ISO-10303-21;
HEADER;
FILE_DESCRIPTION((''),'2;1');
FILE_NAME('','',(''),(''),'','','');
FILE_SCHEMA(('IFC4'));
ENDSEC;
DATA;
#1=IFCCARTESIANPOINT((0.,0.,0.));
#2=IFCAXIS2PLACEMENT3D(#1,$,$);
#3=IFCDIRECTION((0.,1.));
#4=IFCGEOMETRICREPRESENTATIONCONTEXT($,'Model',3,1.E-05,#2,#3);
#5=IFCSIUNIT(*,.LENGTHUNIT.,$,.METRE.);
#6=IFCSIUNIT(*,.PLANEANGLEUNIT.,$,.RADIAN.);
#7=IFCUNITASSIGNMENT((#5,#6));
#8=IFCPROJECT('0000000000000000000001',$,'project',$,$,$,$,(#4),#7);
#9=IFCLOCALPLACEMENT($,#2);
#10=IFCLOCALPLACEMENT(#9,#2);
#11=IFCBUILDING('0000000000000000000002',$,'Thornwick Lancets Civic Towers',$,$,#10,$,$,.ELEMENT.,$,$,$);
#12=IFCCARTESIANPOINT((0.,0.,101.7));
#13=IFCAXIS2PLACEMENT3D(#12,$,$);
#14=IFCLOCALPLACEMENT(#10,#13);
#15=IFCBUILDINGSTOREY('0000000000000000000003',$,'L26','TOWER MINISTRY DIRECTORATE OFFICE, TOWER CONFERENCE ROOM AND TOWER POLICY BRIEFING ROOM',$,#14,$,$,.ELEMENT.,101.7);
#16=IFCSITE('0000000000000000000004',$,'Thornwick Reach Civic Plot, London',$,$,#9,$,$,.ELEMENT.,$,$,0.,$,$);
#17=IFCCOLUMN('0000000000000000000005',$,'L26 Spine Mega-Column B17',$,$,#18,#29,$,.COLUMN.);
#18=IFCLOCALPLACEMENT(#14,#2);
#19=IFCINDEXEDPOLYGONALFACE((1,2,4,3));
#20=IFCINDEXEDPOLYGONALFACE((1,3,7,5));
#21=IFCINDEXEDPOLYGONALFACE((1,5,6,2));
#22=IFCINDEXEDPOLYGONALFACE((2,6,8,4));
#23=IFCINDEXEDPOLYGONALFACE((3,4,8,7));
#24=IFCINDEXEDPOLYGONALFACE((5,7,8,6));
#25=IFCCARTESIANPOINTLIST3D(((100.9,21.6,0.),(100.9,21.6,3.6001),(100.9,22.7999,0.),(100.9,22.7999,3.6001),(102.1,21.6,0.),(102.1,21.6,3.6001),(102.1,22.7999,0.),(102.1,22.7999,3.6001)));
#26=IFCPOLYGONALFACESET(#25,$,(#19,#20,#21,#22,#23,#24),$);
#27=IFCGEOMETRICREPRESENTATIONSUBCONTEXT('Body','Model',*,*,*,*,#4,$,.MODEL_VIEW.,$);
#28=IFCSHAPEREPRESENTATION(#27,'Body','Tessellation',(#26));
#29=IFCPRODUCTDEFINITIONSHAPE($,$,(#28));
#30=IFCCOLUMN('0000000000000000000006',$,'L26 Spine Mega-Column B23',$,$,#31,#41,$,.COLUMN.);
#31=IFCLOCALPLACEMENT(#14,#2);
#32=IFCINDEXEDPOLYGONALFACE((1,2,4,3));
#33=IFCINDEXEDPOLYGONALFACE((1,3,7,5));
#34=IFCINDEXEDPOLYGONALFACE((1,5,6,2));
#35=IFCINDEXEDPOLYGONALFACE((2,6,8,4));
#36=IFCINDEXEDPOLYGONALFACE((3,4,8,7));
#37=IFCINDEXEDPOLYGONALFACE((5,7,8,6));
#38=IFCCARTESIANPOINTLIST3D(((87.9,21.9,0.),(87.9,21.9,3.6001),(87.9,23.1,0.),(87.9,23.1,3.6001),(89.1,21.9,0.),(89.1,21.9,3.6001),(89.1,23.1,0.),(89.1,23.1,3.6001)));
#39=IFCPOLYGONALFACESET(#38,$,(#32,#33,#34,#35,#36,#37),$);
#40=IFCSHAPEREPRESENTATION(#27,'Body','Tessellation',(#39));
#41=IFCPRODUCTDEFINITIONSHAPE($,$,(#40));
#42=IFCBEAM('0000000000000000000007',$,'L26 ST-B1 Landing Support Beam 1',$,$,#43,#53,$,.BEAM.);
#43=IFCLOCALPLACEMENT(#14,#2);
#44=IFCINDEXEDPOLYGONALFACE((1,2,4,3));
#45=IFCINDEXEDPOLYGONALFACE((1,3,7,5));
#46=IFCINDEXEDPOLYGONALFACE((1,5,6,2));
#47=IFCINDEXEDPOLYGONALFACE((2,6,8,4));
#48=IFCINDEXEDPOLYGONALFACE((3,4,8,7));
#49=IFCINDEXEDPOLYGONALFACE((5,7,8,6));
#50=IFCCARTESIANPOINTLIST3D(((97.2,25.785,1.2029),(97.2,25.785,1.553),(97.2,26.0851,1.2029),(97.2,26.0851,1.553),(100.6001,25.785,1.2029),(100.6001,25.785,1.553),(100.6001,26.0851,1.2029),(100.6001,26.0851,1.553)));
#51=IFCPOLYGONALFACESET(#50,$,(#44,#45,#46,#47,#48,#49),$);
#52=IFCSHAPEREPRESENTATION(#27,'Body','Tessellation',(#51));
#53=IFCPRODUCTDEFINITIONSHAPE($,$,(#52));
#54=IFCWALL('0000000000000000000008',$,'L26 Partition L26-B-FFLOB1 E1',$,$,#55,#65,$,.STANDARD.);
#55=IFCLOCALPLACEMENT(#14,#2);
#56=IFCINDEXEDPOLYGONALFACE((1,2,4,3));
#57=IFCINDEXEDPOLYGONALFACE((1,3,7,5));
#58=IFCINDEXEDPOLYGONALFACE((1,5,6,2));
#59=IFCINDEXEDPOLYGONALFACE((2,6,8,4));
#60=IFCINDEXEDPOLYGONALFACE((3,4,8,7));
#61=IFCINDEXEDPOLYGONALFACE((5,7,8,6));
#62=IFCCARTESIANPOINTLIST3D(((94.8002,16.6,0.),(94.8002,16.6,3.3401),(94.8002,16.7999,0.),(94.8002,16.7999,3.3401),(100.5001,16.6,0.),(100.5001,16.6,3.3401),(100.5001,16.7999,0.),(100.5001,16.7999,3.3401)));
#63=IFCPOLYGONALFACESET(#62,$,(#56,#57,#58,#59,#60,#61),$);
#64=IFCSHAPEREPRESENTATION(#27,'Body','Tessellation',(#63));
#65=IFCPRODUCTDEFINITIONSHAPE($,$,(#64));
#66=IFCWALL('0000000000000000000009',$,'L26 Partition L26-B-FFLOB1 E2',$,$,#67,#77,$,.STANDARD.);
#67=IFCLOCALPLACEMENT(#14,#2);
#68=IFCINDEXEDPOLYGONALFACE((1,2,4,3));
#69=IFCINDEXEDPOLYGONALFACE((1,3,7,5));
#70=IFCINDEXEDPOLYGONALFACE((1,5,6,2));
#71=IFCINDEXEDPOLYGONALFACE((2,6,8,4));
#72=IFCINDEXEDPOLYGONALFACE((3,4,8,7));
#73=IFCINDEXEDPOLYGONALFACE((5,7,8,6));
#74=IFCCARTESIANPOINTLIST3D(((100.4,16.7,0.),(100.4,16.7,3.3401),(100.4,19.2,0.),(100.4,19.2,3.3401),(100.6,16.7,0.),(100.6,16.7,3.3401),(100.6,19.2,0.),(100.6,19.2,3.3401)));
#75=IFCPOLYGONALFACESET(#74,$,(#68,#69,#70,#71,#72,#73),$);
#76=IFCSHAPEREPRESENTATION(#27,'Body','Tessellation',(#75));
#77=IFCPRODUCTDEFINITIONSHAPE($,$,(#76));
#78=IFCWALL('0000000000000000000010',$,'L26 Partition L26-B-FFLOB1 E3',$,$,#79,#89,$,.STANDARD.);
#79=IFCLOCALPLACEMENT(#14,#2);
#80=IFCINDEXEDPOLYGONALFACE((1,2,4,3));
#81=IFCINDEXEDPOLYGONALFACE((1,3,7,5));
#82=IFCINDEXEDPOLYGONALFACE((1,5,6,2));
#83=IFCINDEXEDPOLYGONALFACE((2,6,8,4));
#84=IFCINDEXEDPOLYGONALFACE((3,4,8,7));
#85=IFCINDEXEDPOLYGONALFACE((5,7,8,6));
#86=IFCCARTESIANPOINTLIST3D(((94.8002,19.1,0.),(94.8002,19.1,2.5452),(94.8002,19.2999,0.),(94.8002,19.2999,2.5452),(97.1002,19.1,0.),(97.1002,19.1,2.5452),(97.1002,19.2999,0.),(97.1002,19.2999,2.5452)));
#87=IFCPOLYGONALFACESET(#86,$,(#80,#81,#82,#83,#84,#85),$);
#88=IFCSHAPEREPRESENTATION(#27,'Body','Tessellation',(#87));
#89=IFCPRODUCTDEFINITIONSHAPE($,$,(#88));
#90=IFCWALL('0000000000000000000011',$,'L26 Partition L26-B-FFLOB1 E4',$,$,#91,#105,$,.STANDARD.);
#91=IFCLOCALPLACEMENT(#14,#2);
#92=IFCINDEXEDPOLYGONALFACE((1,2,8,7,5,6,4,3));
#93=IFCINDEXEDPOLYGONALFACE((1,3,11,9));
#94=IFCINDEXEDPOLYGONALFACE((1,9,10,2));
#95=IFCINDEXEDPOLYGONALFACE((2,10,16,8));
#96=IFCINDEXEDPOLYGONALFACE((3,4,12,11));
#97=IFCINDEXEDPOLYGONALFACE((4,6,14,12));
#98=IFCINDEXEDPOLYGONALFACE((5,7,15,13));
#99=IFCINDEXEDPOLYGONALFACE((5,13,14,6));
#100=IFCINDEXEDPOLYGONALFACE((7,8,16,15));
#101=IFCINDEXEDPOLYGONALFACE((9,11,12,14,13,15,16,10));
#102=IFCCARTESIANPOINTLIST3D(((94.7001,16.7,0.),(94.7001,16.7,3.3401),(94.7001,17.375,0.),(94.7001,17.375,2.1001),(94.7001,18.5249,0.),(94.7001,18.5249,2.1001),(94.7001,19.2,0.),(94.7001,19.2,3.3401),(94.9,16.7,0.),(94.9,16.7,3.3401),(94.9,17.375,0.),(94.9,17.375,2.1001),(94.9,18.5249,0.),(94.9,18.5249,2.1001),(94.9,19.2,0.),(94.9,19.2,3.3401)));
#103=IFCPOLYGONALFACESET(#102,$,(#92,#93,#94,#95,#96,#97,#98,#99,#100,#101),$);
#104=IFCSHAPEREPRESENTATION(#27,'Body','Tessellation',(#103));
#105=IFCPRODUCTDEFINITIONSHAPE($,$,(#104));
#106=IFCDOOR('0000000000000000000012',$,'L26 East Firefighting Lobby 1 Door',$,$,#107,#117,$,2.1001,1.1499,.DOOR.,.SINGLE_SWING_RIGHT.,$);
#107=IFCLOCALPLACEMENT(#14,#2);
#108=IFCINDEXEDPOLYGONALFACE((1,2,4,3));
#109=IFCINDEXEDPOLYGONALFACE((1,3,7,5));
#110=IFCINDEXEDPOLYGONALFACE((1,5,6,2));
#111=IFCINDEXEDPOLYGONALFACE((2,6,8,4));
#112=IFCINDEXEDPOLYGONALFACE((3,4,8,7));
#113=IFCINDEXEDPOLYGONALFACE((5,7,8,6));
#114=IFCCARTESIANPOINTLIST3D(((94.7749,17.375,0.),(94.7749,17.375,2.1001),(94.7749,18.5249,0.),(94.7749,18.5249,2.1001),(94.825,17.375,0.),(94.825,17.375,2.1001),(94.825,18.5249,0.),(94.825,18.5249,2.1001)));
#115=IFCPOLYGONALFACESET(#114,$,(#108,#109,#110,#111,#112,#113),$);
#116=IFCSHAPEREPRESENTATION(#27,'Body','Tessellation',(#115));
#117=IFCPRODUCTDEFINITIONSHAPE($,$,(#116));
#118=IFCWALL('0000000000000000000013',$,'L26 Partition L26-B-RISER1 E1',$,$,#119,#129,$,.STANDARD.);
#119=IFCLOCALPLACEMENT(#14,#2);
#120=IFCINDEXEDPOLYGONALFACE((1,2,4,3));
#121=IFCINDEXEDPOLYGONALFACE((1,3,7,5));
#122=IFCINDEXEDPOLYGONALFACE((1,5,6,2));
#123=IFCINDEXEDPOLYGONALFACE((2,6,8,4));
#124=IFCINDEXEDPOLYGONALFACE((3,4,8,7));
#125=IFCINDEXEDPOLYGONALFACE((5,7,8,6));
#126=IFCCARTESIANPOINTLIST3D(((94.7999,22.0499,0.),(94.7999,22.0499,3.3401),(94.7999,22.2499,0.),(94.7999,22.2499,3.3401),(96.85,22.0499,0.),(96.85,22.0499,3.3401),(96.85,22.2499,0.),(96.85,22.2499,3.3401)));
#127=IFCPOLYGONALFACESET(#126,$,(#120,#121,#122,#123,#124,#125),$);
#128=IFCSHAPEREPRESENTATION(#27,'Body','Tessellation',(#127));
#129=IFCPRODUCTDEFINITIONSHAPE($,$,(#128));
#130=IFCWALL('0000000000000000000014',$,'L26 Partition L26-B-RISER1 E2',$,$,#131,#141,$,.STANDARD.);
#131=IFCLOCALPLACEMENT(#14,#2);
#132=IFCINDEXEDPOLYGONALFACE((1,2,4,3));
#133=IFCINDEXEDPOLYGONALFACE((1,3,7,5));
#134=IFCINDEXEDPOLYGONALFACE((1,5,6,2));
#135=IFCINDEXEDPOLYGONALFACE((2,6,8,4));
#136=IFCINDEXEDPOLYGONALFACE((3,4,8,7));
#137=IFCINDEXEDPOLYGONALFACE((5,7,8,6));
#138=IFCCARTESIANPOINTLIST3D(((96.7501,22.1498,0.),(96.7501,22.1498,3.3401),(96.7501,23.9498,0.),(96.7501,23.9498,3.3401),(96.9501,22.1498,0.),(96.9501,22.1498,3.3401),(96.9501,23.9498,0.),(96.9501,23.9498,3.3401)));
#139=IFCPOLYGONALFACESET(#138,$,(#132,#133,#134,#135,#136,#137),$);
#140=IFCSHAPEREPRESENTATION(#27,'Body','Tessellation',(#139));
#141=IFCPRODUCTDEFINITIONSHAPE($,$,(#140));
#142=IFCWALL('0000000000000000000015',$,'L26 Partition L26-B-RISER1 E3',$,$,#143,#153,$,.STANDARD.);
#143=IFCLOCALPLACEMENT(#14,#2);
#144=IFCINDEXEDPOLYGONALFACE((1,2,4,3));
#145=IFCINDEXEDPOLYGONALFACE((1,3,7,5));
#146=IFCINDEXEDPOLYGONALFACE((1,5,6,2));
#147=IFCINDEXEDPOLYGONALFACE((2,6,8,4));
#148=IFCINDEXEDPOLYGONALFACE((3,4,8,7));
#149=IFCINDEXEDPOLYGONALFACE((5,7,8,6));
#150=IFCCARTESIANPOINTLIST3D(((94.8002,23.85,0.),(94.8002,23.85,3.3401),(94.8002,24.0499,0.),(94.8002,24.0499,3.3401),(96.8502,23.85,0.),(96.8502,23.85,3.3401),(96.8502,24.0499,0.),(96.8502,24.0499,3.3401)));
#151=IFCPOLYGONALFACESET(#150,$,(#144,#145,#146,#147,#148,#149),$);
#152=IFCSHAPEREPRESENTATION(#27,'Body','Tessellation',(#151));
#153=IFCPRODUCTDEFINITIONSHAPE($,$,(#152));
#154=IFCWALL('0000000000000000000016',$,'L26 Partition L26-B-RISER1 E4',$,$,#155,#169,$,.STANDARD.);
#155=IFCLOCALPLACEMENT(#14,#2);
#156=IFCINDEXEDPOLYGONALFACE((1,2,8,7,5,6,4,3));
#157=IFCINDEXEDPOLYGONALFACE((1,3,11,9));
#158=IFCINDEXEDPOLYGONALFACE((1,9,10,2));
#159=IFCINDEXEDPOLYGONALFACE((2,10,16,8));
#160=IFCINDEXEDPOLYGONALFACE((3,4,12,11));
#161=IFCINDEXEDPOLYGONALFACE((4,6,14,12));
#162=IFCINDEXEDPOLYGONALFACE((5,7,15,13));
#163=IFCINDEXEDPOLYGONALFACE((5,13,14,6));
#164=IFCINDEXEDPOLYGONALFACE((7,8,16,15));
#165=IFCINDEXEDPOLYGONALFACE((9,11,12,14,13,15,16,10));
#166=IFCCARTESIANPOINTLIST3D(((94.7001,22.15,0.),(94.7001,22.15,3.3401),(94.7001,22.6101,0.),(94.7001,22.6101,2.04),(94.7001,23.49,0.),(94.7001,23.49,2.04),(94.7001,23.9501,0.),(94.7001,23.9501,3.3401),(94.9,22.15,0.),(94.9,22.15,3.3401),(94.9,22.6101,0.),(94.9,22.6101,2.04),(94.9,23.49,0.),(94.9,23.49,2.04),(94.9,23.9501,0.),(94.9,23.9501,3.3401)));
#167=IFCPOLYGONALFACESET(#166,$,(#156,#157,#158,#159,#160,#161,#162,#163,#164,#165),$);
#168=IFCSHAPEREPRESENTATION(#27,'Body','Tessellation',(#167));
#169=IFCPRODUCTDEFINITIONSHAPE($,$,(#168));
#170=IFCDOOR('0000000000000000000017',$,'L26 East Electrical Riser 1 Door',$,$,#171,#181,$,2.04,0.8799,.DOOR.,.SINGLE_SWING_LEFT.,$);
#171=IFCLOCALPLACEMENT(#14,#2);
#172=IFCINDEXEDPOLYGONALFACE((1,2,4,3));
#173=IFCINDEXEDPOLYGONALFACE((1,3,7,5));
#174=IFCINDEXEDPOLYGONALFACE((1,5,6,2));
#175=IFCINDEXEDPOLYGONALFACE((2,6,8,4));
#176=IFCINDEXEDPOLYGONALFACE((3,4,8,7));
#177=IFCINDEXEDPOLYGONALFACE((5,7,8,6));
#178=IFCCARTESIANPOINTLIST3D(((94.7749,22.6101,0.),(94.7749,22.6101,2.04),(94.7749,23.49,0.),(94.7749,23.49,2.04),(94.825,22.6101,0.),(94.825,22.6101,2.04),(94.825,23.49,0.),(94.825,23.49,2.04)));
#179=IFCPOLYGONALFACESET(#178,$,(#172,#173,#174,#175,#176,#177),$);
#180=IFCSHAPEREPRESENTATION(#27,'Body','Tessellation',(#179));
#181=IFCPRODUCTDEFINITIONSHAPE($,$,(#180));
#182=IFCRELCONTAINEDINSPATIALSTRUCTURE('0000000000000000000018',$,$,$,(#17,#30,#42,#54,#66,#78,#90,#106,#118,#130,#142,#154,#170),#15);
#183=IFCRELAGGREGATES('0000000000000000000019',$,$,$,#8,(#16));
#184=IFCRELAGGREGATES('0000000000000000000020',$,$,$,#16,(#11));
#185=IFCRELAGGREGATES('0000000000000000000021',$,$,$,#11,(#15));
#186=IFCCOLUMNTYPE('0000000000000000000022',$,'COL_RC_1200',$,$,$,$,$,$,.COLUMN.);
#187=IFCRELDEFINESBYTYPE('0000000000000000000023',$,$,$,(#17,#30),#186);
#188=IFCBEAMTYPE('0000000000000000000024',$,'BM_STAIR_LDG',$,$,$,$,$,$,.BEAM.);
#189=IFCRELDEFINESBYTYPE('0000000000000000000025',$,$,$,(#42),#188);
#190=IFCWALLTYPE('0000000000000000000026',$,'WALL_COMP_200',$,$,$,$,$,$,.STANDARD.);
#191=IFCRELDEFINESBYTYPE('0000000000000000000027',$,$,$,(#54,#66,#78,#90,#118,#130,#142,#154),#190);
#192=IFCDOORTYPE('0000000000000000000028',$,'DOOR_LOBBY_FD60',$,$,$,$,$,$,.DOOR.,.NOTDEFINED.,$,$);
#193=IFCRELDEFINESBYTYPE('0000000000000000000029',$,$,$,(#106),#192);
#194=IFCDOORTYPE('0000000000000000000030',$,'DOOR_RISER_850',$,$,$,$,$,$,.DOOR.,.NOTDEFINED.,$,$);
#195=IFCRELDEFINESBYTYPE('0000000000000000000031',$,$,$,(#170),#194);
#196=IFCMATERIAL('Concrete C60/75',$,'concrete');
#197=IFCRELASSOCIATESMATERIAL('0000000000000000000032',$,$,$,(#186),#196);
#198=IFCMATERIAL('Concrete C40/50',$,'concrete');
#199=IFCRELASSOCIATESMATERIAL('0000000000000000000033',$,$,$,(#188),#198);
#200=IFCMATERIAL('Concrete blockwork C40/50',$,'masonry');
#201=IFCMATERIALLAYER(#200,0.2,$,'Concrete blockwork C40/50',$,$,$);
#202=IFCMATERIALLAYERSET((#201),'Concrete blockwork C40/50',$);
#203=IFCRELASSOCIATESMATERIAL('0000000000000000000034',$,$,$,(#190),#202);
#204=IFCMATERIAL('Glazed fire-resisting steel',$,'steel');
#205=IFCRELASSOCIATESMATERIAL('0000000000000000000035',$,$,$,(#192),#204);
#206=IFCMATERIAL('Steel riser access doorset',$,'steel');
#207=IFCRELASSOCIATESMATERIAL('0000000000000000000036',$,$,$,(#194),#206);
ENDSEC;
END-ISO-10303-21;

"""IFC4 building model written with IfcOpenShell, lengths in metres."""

from ifc_helpers import new_model, si_unit, direction, frame, frame_2d, origin, origin_2d, place, context, subcontext, project, spatial, rectangle, extrude, material, layer, layer_set, material_profile, profile_set, type_object, element, fill, save


model = new_model("IFC4")

# Units and contexts
model_context = context("Model", 3, precision=1e-05, world=origin(), true_north=direction((0.0, 1.0)))
body_context = subcontext(model_context, "Body", "Model", "MODEL_VIEW")
ifc_project = project(units=[si_unit("LENGTHUNIT", "METRE"), si_unit("PLANEANGLEUNIT", "RADIAN")], contexts=[model_context])

# Site, building, storey
site_placement = place(None, origin())
site = spatial("IfcSite", under=ifc_project, at=site_placement, Name="Thornwick Reach Civic Plot, London", CompositionType="ELEMENT", RefElevation=0.0)
building_placement = place(site_placement, origin())
building = spatial("IfcBuilding", under=site, at=building_placement, Name="Thornwick Lancets Civic Towers", CompositionType="ELEMENT")
storey_placement = place(building_placement, frame((0.0, 0.0, 101.7)))
storey = spatial("IfcBuildingStorey", under=building, at=storey_placement, Name="L26", Description="TOWER MINISTRY DIRECTORATE OFFICE, TOWER CONFERENCE ROOM AND TOWER POLICY BRIEFING ROOM", CompositionType="ELEMENT", Elevation=101.7)

# Columns
ifc_material_1 = material(Name="Concrete C60/75", Category="concrete")
ifc_material_profile_1 = material_profile(ifc_material_1, rectangle(XDim=1.2, YDim=1.2, at=origin_2d()), Name="RC 1200x1200")
ifc_profile_set_1 = profile_set([ifc_material_profile_1], Name="Concrete C60/75")
column_type = type_object("IfcColumnType", Name="COL_RC_1200", PredefinedType="COLUMN", material=ifc_profile_set_1)
for number, where, z_axis, x_axis, name in (
    (1, (101.5, 22.2, 0.0), (0.0, 0.0, 1.0), (1.0, 0.0, 0.0), "L26 Spine Mega-Column B17"),
    (2, (88.5, 22.5, 0.0), (0.0, 0.0, 1.0), (1.0, 0.0, 0.0), "L26 Spine Mega-Column B23"),
):
    element("IfcColumn", number, at=place(storey_placement, frame(where, z_axis=z_axis, x_axis=x_axis)), inside=storey, type_object=column_type, Name=name, PredefinedType="COLUMN", context=body_context, shape_type="SweptSolid", body=[
        extrude(rectangle(XDim=1.2, YDim=1.2, at=origin_2d()), origin(), (0.0, 0.0, 1.0), 3.6001),
    ])

# Beam
ifc_material_2 = material(Name="Concrete C40/50", Category="concrete")
ifc_material_profile_2 = material_profile(ifc_material_2, rectangle(XDim=0.3, YDim=0.3501, at=origin_2d()), Name="RC 300x350")
ifc_profile_set_2 = profile_set([ifc_material_profile_2], Name="Concrete C40/50")
beam_type = type_object("IfcBeamType", Name="BM_STAIR_LDG", PredefinedType="BEAM", material=ifc_profile_set_2)
beam_placement = place(storey_placement, frame((100.6001, 25.9351, 1.3779), z_axis=(-1.0, 0.0, 0.0), x_axis=(0.0, -1.0, 0.0)))
element("IfcBeam", 3, at=beam_placement, inside=storey, type_object=beam_type, Name="L26 ST-B1 Landing Support Beam 1", PredefinedType="BEAM", context=body_context, shape_type="SweptSolid", body=[
    extrude(rectangle(XDim=0.3, YDim=0.3501, at=origin_2d()), origin(), (0.0, 0.0, 1.0), 3.4001),
])

# Walls
ifc_material_3 = material(Name="Concrete blockwork C40/50", Category="masonry")
ifc_layer_1 = layer(ifc_material_3, 0.2, Name="Concrete blockwork C40/50")
ifc_layer_set_1 = layer_set([ifc_layer_1], Name="Concrete blockwork C40/50")
wall_type_1 = type_object("IfcWallType", Name="WALL_COMP_200", PredefinedType="STANDARD", material=ifc_layer_set_1)
wall_1_placement = place(storey_placement, frame((94.8, 16.7, 0.0), z_axis=(0.0, 0.0, 1.0), x_axis=(1.0, 0.0, 0.0)))
element("IfcWall", 4, at=wall_1_placement, inside=storey, type_object=wall_type_1, Name="L26 Partition L26-B-FFLOB1 E1", PredefinedType="STANDARD", context=body_context, shape_type="SweptSolid", body=[
    extrude(rectangle(XDim=5.7, YDim=0.2, at=frame_2d((2.8501, 0.0))), origin(), (0.0, 0.0, 1.0), 3.3401),
])
wall_2_placement = place(storey_placement, frame((100.5, 16.7, 0.0), z_axis=(0.0, 0.0, 1.0), x_axis=(0.0, 1.0, 0.0)))
element("IfcWall", 5, at=wall_2_placement, inside=storey, type_object=wall_type_1, Name="L26 Partition L26-B-FFLOB1 E2", PredefinedType="STANDARD", context=body_context, shape_type="SweptSolid", body=[
    extrude(rectangle(XDim=2.5, YDim=0.2, at=frame_2d((1.25, 0.0))), origin(), (0.0, 0.0, 1.0), 3.3401),
])
wall_3_placement = place(storey_placement, frame((97.1001, 19.2, 0.0), z_axis=(0.0, 0.0, 1.0), x_axis=(-1.0, 0.0, 0.0)))
element("IfcWall", 6, at=wall_3_placement, inside=storey, type_object=wall_type_1, Name="L26 Partition L26-B-FFLOB1 E3", PredefinedType="STANDARD", context=body_context, shape_type="SweptSolid", body=[
    extrude(rectangle(XDim=2.3, YDim=0.2, at=frame_2d((1.1499, 0.0))), origin(), (0.0, 0.0, 1.0), 2.5452),
])

# Wall, opening, door
wall_4_placement = place(storey_placement, frame((94.8, 19.2, 0.0), z_axis=(0.0, 0.0, 1.0), x_axis=(0.0, -1.0, 0.0)))
wall_4 = element("IfcWall", 7, at=wall_4_placement, inside=storey, type_object=wall_type_1, Name="L26 Partition L26-B-FFLOB1 E4", PredefinedType="STANDARD", context=body_context, shape_type="SweptSolid", body=[
    extrude(rectangle(XDim=2.5, YDim=0.2, at=frame_2d((1.25, 0.0))), origin(), (0.0, 0.0, 1.0), 3.3401),
])
opening_1_placement = place(wall_4_placement, frame((0.675, 0.0, 0.0)))
opening_1 = element("IfcOpeningElement", 8, at=opening_1_placement, cuts=wall_4, PredefinedType="OPENING", context=body_context, shape_type="SweptSolid", body=[
    extrude(rectangle(XDim=1.1499, YDim=2.1001, at=frame_2d((0.575, 1.05))), frame((0.0, 0.1099, 0.0), z_axis=(0.0, -1.0, 0.0), x_axis=(1.0, 0.0, 0.0)), (0.0, 0.0, 1.0), 0.22),
])
ifc_material_4 = material(Name="Glazed fire-resisting steel", Category="steel")
door_type_1 = type_object("IfcDoorType", Name="DOOR_LOBBY_FD60", OperationType="NOTDEFINED", PredefinedType="DOOR", material=ifc_material_4)
door_1_placement = place(opening_1_placement, origin())
door_1 = element("IfcDoor", 9, at=door_1_placement, inside=storey, type_object=door_type_1, Name="L26 East Firefighting Lobby 1 Door", OperationType="SINGLE_SWING_RIGHT", OverallHeight=2.1001, OverallWidth=1.1499, PredefinedType="DOOR", context=body_context, shape_type="SweptSolid", body=[
    extrude(rectangle(XDim=1.1499, YDim=2.1001, at=frame_2d((0.575, 1.05))), frame((0.0, 0.0249, 0.0), z_axis=(0.0, -1.0, 0.0), x_axis=(1.0, 0.0, 0.0)), (0.0, 0.0, 1.0), 0.05),
])
fill(opening_1, door_1)

# Walls
wall_5_placement = place(storey_placement, frame((94.8, 22.1499, 0.0), z_axis=(0.0, 0.0, 1.0), x_axis=(1.0, 0.0, 0.0)))
element("IfcWall", 10, at=wall_5_placement, inside=storey, type_object=wall_type_1, Name="L26 Partition L26-B-RISER1 E1", PredefinedType="STANDARD", context=body_context, shape_type="SweptSolid", body=[
    extrude(rectangle(XDim=2.05, YDim=0.2, at=frame_2d((1.0249, 0.0))), origin(), (0.0, 0.0, 1.0), 3.3401),
])
wall_6_placement = place(storey_placement, frame((96.8501, 22.1499, 0.0), z_axis=(0.0, 0.0, 1.0), x_axis=(0.0, 1.0, 0.0)))
element("IfcWall", 11, at=wall_6_placement, inside=storey, type_object=wall_type_1, Name="L26 Partition L26-B-RISER1 E2", PredefinedType="STANDARD", context=body_context, shape_type="SweptSolid", body=[
    extrude(rectangle(XDim=1.8, YDim=0.2, at=frame_2d((0.8999, 0.0))), origin(), (0.0, 0.0, 1.0), 3.3401),
])
wall_7_placement = place(storey_placement, frame((96.8501, 23.95, 0.0), z_axis=(0.0, 0.0, 1.0), x_axis=(-1.0, 0.0, 0.0)))
element("IfcWall", 12, at=wall_7_placement, inside=storey, type_object=wall_type_1, Name="L26 Partition L26-B-RISER1 E3", PredefinedType="STANDARD", context=body_context, shape_type="SweptSolid", body=[
    extrude(rectangle(XDim=2.05, YDim=0.2, at=frame_2d((1.0249, 0.0))), origin(), (0.0, 0.0, 1.0), 3.3401),
])

# Wall, opening, door
wall_8_placement = place(storey_placement, frame((94.8, 23.95, 0.0), z_axis=(0.0, 0.0, 1.0), x_axis=(0.0, -1.0, 0.0)))
wall_8 = element("IfcWall", 13, at=wall_8_placement, inside=storey, type_object=wall_type_1, Name="L26 Partition L26-B-RISER1 E4", PredefinedType="STANDARD", context=body_context, shape_type="SweptSolid", body=[
    extrude(rectangle(XDim=1.8, YDim=0.2, at=frame_2d((0.8999, 0.0))), origin(), (0.0, 0.0, 1.0), 3.3401),
])
opening_2_placement = place(wall_8_placement, frame((0.46, 0.0, 0.0)))
opening_2 = element("IfcOpeningElement", 14, at=opening_2_placement, cuts=wall_8, PredefinedType="OPENING", context=body_context, shape_type="SweptSolid", body=[
    extrude(rectangle(XDim=0.8799, YDim=2.04, at=frame_2d((0.4399, 1.02))), frame((0.0, 0.1099, 0.0), z_axis=(0.0, -1.0, 0.0), x_axis=(1.0, 0.0, 0.0)), (0.0, 0.0, 1.0), 0.22),
])
ifc_material_5 = material(Name="Steel riser access doorset", Category="steel")
door_type_2 = type_object("IfcDoorType", Name="DOOR_RISER_850", OperationType="NOTDEFINED", PredefinedType="DOOR", material=ifc_material_5)
door_2_placement = place(opening_2_placement, origin())
door_2 = element("IfcDoor", 15, at=door_2_placement, inside=storey, type_object=door_type_2, Name="L26 East Electrical Riser 1 Door", OperationType="SINGLE_SWING_LEFT", OverallHeight=2.04, OverallWidth=0.8799, PredefinedType="DOOR", context=body_context, shape_type="SweptSolid", body=[
    extrude(rectangle(XDim=0.8799, YDim=2.04, at=frame_2d((0.4399, 1.02))), frame((0.0, 0.0249, 0.0), z_axis=(0.0, -1.0, 0.0), x_axis=(1.0, 0.0, 0.0)), (0.0, 0.0, 1.0), 0.05),
])
fill(opening_2, door_2)

save(model, "model.ifc")
